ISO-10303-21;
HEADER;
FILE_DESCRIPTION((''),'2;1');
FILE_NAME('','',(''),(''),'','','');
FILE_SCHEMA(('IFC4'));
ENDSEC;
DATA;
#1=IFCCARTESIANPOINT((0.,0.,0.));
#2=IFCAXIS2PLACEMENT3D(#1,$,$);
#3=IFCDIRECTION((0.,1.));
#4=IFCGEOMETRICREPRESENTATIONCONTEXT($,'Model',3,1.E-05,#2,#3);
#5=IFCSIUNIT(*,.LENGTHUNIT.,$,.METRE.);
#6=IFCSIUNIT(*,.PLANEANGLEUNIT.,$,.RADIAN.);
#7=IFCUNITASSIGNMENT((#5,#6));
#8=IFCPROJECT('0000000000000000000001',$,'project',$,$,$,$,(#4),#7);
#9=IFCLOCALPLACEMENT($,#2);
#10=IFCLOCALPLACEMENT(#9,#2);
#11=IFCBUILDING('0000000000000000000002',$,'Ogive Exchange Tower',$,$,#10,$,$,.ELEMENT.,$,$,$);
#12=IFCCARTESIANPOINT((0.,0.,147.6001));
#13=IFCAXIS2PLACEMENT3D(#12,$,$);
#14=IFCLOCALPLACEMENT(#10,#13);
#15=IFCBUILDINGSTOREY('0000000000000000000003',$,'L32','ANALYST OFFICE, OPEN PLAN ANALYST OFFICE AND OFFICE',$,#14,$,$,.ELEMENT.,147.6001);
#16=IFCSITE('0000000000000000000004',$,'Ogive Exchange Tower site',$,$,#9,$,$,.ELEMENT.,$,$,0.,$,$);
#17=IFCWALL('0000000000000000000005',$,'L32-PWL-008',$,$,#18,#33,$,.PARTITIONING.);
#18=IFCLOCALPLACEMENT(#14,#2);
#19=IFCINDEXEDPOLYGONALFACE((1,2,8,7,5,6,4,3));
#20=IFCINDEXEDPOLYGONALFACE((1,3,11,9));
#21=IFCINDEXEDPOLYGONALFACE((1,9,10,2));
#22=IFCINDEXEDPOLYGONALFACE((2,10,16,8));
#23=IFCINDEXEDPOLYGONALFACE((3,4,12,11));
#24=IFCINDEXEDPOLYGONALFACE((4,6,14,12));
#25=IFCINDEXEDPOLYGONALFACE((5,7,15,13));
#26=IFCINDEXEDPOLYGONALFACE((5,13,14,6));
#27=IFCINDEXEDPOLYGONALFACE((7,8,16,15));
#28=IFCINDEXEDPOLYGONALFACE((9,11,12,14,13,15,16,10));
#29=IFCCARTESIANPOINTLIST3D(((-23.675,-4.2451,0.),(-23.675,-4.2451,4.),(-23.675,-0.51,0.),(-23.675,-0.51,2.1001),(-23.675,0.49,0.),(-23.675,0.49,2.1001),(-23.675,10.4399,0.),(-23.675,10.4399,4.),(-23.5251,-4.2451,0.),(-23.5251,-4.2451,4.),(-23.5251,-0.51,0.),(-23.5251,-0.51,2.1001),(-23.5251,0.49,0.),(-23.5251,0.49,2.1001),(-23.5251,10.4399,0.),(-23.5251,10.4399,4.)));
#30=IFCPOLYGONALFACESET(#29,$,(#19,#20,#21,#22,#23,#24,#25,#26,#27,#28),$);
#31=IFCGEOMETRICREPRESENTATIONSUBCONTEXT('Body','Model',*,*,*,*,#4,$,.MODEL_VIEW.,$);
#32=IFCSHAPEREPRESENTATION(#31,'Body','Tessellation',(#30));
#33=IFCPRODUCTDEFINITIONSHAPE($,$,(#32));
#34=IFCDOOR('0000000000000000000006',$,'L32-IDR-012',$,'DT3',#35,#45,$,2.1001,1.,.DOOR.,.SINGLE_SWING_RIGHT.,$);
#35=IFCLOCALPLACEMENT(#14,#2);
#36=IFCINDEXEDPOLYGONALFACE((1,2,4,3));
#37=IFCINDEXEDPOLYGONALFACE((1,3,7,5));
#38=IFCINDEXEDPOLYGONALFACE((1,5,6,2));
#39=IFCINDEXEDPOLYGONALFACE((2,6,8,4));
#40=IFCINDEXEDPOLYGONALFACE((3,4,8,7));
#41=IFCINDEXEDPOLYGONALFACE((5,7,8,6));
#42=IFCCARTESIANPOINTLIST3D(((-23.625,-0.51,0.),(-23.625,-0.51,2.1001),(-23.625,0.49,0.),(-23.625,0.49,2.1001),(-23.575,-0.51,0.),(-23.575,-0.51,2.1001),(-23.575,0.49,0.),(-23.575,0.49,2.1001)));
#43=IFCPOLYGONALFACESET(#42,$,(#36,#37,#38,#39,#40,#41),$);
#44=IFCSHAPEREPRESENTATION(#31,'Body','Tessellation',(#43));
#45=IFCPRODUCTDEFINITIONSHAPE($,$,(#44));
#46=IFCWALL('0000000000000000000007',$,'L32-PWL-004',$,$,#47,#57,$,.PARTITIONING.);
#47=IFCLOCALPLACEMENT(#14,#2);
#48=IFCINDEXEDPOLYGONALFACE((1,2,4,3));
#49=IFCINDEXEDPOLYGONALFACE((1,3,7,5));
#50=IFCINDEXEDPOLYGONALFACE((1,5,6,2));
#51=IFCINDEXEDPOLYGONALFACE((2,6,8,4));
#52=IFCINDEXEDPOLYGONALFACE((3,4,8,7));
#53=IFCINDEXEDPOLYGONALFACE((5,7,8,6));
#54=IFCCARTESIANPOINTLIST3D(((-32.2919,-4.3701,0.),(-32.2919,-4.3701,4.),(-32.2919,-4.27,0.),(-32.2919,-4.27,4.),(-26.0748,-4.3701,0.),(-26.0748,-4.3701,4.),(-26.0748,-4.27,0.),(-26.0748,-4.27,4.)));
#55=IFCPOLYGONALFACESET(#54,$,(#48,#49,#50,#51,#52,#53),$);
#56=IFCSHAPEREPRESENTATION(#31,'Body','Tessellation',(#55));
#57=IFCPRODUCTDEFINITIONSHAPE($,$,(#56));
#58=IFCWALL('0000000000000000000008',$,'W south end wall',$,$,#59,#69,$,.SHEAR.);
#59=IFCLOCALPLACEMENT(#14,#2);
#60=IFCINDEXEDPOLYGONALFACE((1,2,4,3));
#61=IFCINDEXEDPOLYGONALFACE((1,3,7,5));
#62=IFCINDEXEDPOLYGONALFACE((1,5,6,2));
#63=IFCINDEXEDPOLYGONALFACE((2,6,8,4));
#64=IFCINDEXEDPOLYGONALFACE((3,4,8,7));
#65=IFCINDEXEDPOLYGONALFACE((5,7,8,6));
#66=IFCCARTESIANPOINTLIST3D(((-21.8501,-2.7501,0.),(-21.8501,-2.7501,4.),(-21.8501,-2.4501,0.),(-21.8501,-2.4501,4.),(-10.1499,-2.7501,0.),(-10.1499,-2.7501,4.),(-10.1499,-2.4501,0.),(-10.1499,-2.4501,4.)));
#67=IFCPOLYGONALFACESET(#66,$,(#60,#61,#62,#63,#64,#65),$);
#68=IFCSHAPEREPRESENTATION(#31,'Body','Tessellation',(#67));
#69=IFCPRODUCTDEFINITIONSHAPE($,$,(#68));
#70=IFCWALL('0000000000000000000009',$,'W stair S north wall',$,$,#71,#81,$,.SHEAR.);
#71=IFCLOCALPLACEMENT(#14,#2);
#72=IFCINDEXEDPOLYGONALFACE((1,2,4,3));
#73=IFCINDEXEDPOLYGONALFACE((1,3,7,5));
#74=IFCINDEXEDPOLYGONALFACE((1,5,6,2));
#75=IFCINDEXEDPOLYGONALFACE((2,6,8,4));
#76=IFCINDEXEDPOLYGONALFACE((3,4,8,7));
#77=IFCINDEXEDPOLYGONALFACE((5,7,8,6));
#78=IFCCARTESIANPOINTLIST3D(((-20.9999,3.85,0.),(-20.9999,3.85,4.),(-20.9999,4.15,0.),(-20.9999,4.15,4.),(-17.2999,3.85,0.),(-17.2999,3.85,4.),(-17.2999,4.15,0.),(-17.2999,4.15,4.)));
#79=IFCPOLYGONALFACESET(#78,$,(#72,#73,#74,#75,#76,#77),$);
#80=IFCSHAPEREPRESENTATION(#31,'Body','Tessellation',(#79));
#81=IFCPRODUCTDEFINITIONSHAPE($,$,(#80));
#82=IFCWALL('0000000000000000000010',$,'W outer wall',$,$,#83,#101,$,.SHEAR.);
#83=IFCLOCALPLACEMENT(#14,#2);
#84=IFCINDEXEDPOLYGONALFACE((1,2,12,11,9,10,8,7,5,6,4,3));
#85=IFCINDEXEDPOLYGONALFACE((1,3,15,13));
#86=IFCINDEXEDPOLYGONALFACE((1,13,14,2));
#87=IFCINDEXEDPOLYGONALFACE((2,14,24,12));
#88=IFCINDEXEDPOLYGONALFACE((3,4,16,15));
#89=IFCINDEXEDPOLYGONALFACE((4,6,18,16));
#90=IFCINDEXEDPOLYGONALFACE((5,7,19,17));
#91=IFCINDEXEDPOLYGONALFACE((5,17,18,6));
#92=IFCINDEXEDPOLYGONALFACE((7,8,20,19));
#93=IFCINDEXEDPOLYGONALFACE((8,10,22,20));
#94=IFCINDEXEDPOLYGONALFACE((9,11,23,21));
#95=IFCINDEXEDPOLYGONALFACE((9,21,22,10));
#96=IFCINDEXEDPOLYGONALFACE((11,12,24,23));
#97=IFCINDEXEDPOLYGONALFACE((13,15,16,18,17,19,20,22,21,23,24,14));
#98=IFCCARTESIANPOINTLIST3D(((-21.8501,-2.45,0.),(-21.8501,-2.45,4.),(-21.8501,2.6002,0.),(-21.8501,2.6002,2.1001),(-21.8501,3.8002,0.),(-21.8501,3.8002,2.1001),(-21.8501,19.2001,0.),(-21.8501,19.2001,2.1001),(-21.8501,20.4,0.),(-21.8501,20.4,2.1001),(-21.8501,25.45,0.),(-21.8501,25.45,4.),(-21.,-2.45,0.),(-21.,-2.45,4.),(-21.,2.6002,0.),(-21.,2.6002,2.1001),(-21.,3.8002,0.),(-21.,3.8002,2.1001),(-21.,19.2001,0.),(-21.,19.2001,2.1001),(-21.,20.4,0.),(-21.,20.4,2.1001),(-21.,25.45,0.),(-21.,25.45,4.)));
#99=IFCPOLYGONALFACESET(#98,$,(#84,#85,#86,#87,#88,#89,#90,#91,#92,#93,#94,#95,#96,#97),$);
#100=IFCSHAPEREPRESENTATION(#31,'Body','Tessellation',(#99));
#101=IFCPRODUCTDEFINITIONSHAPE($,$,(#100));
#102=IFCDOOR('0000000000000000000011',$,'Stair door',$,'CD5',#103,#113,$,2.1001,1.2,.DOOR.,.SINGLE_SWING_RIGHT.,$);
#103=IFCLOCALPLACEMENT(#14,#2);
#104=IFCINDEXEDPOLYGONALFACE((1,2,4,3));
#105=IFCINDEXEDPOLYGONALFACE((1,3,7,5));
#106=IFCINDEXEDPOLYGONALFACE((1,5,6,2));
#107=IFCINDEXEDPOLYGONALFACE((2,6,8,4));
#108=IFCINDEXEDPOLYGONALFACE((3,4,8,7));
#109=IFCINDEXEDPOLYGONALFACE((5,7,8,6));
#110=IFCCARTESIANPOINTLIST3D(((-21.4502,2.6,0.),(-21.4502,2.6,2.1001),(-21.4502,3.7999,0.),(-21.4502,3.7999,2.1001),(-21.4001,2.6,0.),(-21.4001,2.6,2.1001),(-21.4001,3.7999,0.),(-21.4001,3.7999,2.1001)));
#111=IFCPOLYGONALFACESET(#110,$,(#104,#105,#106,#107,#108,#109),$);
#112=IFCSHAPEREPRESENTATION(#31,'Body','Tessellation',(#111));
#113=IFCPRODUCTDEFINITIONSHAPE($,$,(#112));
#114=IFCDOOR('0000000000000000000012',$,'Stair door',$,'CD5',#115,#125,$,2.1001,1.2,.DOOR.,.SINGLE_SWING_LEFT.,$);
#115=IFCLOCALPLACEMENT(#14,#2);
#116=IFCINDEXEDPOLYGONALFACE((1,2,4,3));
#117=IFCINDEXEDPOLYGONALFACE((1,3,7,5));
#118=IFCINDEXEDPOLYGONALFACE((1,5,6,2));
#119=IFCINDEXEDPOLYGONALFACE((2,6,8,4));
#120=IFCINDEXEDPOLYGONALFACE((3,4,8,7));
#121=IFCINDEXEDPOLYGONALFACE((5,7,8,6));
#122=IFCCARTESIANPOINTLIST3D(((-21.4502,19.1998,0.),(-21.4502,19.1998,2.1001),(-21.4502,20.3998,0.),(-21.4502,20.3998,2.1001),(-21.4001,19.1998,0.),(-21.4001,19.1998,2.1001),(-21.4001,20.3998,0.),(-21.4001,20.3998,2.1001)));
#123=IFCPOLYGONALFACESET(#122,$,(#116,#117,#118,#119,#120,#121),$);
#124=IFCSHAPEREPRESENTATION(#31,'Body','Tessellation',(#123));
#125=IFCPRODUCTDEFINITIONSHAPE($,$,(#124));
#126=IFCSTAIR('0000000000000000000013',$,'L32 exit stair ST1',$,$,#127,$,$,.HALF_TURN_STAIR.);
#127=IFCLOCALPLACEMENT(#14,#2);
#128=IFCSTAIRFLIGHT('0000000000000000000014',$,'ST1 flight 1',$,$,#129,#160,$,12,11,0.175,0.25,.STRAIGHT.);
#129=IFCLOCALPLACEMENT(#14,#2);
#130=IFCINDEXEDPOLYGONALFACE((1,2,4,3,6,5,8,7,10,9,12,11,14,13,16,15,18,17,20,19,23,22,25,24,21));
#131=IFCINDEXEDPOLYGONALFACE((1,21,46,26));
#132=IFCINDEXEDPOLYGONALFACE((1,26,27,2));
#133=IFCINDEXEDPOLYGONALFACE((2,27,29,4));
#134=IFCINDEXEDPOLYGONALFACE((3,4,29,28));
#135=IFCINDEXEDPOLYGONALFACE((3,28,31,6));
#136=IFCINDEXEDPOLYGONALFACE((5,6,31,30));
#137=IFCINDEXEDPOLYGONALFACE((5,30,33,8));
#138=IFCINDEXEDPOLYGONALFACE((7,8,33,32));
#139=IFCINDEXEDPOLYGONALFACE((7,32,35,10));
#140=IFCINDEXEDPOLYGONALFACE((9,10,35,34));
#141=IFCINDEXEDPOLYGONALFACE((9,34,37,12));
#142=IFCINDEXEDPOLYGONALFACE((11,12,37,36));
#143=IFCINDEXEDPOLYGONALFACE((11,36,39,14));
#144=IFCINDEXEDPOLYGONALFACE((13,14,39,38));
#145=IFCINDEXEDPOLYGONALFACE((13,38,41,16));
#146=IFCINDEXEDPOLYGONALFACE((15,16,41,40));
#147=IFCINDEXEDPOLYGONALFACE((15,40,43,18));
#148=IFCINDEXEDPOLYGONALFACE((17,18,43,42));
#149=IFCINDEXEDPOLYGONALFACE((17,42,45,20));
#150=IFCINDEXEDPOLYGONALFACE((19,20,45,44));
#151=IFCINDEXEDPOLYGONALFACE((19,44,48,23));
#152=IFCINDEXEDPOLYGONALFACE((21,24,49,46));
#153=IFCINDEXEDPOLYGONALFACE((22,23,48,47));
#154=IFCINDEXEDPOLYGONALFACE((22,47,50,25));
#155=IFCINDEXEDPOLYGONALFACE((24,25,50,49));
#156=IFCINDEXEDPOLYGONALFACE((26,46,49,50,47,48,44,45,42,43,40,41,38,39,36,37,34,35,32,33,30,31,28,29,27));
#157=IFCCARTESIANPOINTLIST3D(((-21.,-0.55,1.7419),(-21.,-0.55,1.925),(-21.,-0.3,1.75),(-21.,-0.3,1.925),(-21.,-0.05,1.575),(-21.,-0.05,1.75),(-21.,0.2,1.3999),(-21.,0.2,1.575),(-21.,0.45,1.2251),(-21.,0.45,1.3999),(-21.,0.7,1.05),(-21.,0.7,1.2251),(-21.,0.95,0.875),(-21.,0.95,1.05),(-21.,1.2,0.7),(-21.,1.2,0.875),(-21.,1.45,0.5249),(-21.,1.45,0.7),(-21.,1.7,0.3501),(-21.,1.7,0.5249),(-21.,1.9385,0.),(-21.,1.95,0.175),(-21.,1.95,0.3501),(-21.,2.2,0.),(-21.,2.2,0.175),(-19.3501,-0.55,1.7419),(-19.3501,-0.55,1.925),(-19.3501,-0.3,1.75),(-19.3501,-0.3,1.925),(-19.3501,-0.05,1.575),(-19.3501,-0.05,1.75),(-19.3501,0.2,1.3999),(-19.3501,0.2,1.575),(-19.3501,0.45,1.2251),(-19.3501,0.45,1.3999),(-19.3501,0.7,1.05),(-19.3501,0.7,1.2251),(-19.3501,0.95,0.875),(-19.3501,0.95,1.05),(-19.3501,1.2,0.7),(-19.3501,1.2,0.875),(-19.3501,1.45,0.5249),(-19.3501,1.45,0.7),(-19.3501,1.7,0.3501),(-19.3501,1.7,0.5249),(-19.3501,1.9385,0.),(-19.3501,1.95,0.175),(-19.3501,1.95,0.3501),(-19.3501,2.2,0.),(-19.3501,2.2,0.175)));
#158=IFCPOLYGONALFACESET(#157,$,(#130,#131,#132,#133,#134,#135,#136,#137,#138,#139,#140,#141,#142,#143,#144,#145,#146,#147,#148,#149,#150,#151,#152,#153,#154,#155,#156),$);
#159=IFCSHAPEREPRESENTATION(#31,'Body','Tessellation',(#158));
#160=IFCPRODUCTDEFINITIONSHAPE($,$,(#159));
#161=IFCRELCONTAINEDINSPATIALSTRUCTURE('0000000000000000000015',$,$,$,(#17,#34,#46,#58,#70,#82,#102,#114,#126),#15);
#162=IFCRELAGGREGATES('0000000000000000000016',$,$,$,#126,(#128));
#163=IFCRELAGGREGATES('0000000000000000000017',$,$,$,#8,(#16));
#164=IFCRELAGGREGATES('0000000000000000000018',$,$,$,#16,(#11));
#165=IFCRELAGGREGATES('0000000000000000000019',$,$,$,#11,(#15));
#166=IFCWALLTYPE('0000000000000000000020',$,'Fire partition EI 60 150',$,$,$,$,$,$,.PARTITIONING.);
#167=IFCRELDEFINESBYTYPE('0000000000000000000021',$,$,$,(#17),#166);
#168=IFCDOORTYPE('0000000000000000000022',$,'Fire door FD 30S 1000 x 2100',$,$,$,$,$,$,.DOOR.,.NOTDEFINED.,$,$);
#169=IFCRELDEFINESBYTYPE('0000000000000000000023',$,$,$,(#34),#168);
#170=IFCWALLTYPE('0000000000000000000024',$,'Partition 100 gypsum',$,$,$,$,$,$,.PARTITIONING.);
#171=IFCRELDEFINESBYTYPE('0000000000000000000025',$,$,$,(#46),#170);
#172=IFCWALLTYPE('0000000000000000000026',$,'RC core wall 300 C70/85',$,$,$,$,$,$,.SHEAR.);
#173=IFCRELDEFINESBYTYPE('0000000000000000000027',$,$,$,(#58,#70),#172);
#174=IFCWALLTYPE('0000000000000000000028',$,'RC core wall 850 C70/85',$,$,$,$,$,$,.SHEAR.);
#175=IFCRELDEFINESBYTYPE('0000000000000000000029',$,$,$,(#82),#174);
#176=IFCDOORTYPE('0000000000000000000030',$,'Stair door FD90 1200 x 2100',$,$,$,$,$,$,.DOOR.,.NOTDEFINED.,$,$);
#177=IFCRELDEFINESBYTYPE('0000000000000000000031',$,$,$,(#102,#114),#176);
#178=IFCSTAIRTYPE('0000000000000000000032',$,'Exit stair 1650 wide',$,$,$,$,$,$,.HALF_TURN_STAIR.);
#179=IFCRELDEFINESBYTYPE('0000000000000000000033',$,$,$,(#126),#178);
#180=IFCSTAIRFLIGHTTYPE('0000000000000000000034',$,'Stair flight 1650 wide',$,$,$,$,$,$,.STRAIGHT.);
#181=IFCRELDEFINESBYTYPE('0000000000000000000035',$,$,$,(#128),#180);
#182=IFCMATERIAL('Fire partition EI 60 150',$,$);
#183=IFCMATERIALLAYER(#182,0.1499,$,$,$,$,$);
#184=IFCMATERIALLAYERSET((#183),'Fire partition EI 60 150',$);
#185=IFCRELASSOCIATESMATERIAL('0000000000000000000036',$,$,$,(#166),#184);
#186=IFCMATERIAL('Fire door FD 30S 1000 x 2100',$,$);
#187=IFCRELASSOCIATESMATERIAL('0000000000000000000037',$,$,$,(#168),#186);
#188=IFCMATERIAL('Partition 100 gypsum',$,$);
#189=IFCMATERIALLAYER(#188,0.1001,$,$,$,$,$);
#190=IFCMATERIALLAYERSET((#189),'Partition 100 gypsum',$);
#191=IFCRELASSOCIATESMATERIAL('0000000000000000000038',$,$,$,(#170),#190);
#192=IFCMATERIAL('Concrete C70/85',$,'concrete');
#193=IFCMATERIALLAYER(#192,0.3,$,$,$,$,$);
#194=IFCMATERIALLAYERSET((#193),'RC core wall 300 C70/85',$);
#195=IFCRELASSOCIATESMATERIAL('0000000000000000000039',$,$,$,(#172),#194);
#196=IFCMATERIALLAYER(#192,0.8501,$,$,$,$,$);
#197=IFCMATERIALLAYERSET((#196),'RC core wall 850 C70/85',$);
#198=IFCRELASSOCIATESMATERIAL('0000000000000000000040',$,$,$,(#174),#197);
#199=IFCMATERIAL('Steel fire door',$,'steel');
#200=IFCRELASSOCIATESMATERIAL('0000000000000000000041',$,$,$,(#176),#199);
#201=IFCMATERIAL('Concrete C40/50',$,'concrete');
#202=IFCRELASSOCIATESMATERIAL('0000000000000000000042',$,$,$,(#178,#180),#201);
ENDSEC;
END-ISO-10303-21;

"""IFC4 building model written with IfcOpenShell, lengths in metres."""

from ifc_helpers import new_model, si_unit, direction, frame, frame_2d, origin, place, context, subcontext, project, spatial, polyline, rectangle, outline, extrude, material, layer, layer_set, type_object, element, fill, aggregate, save


model = new_model("IFC4")

# Units and contexts
model_context = context("Model", 3, precision=1e-05, world=origin(), true_north=direction((0.0, 1.0)))
body_context = subcontext(model_context, "Body", "Model", "MODEL_VIEW")
ifc_project = project(units=[si_unit("LENGTHUNIT", "METRE"), si_unit("PLANEANGLEUNIT", "RADIAN")], contexts=[model_context])

# Site, building, storey
site_placement = place(None, origin())
site = spatial("IfcSite", under=ifc_project, at=site_placement, Name="Ogive Exchange Tower site", CompositionType="ELEMENT", RefElevation=0.0)
building_placement = place(site_placement, origin())
building = spatial("IfcBuilding", under=site, at=building_placement, Name="Ogive Exchange Tower", CompositionType="ELEMENT")
storey_placement = place(building_placement, frame((0.0, 0.0, 147.6001)))
storey = spatial("IfcBuildingStorey", under=building, at=storey_placement, Name="L32", Description="ANALYST OFFICE, OPEN PLAN ANALYST OFFICE AND OFFICE", CompositionType="ELEMENT", Elevation=147.6001)

# Shared definitions
ifc_material_1 = material(Name="Fire partition EI 60 150")
ifc_layer_1 = layer(ifc_material_1, 0.1499)
ifc_layer_set_1 = layer_set([ifc_layer_1], Name="Fire partition EI 60 150")
wall_type_1 = type_object("IfcWallType", Name="Fire partition EI 60 150", PredefinedType="PARTITIONING", material=ifc_layer_set_1)
ifc_material_2 = material(Name="Fire door FD 30S 1000 x 2100")
door_type_1 = type_object("IfcDoorType", Name="Fire door FD 30S 1000 x 2100", OperationType="NOTDEFINED", PredefinedType="DOOR", material=ifc_material_2)

# Wall, opening, door
wall_1_placement = place(storey_placement, frame((-23.6001, -4.2451, 0.0), z_axis=(0.0, 0.0, 1.0), x_axis=(0.0, 1.0, 0.0)))
wall_1 = element("IfcWall", 1, at=wall_1_placement, inside=storey, type_object=wall_type_1, Name="L32-PWL-008", PredefinedType="PARTITIONING", context=body_context, shape_type="SweptSolid", body=[
    extrude(rectangle(XDim=14.6851, YDim=0.1499, at=frame_2d((7.3425, 0.0))), origin(), (0.0, 0.0, 1.0), 4.0),
])
opening_1_placement = place(wall_1_placement, frame((3.7351, 0.0, 0.0)))
opening_1 = element("IfcOpeningElement", 2, at=opening_1_placement, cuts=wall_1, PredefinedType="OPENING", context=body_context, shape_type="SweptSolid", body=[
    extrude(rectangle(XDim=1.0, YDim=2.1001, at=frame_2d((0.5, 1.05))), frame((0.0, 0.085, 0.0), z_axis=(0.0, -1.0, 0.0), x_axis=(1.0, 0.0, 0.0)), (0.0, 0.0, 1.0), 0.1699),
])
door_1_placement = place(opening_1_placement, origin())
door_1 = element("IfcDoor", 3, at=door_1_placement, inside=storey, type_object=door_type_1, Name="L32-IDR-012", ObjectType="DT3", OperationType="SINGLE_SWING_RIGHT", OverallHeight=2.1001, OverallWidth=1.0, PredefinedType="DOOR", context=body_context, shape_type="SweptSolid", body=[
    extrude(rectangle(XDim=1.0, YDim=2.1001, at=frame_2d((0.5, 1.05))), frame((0.0, 0.0249, 0.0), z_axis=(0.0, -1.0, 0.0), x_axis=(1.0, 0.0, 0.0)), (0.0, 0.0, 1.0), 0.05),
])
fill(opening_1, door_1)

# Walls
ifc_material_3 = material(Name="Partition 100 gypsum")
ifc_layer_2 = layer(ifc_material_3, 0.1001)
ifc_layer_set_2 = layer_set([ifc_layer_2], Name="Partition 100 gypsum")
wall_type_2 = type_object("IfcWallType", Name="Partition 100 gypsum", PredefinedType="PARTITIONING", material=ifc_layer_set_2)
wall_2_placement = place(storey_placement, frame((-26.075, -4.3201, 0.0), z_axis=(0.0, 0.0, 1.0), x_axis=(-1.0, 0.0, 0.0)))
element("IfcWall", 4, at=wall_2_placement, inside=storey, type_object=wall_type_2, Name="L32-PWL-004", PredefinedType="PARTITIONING", context=body_context, shape_type="SweptSolid", body=[
    extrude(rectangle(XDim=6.217, YDim=0.1001, at=frame_2d((3.1084, 0.0))), origin(), (0.0, 0.0, 1.0), 4.0),
])
ifc_material_4 = material(Name="Concrete C70/85", Category="concrete")
ifc_layer_3 = layer(ifc_material_4, 0.3)
ifc_layer_set_3 = layer_set([ifc_layer_3], Name="RC core wall 300 C70/85")
wall_type_3 = type_object("IfcWallType", Name="RC core wall 300 C70/85", PredefinedType="SHEAR", material=ifc_layer_set_3)
wall_3_placement = place(storey_placement, frame((-21.8501, -2.6001, 0.0), z_axis=(0.0, 0.0, 1.0), x_axis=(1.0, 0.0, 0.0)))
element("IfcWall", 5, at=wall_3_placement, inside=storey, type_object=wall_type_3, Name="W south end wall", PredefinedType="SHEAR", context=body_context, shape_type="SweptSolid", body=[
    extrude(rectangle(XDim=11.7002, YDim=0.3, at=frame_2d((5.8501, 0.0))), origin(), (0.0, 0.0, 1.0), 4.0),
])
wall_4_placement = place(storey_placement, frame((-21.0, 4.0, 0.0), z_axis=(0.0, 0.0, 1.0), x_axis=(1.0, 0.0, 0.0)))
element("IfcWall", 6, at=wall_4_placement, inside=storey, type_object=wall_type_3, Name="W stair S north wall", PredefinedType="SHEAR", context=body_context, shape_type="SweptSolid", body=[
    extrude(rectangle(XDim=3.7, YDim=0.3, at=frame_2d((1.8501, 0.0))), origin(), (0.0, 0.0, 1.0), 4.0),
])

# Wall, openings, doors
ifc_layer_4 = layer(ifc_material_4, 0.8501)
ifc_layer_set_4 = layer_set([ifc_layer_4], Name="RC core wall 850 C70/85")
wall_type_4 = type_object("IfcWallType", Name="RC core wall 850 C70/85", PredefinedType="SHEAR", material=ifc_layer_set_4)
wall_5_placement = place(storey_placement, frame((-21.425, -2.45, 0.0), z_axis=(0.0, 0.0, 1.0), x_axis=(0.0, 1.0, 0.0)))
wall_5 = element("IfcWall", 7, at=wall_5_placement, inside=storey, type_object=wall_type_4, Name="W outer wall", PredefinedType="SHEAR", context=body_context, shape_type="SweptSolid", body=[
    extrude(rectangle(XDim=27.8999, YDim=0.8501, at=frame_2d((13.95, 0.0))), origin(), (0.0, 0.0, 1.0), 4.0),
])
opening_2_placement = place(wall_5_placement, frame((5.05, 0.0, 0.0)))
opening_2 = element("IfcOpeningElement", 8, at=opening_2_placement, cuts=wall_5, PredefinedType="OPENING", context=body_context, shape_type="SweptSolid", body=[
    extrude(rectangle(XDim=1.2, YDim=2.1001, at=frame_2d((0.6001, 1.05))), frame((0.0, 0.4351, 0.0), z_axis=(0.0, -1.0, 0.0), x_axis=(1.0, 0.0, 0.0)), (0.0, 0.0, 1.0), 0.8701),
])
opening_3_placement = place(wall_5_placement, frame((21.6499, 0.0, 0.0)))
opening_3 = element("IfcOpeningElement", 9, at=opening_3_placement, cuts=wall_5, PredefinedType="OPENING", context=body_context, shape_type="SweptSolid", body=[
    extrude(rectangle(XDim=1.2, YDim=2.1001, at=frame_2d((0.6001, 1.05))), frame((0.0, 0.4351, 0.0), z_axis=(0.0, -1.0, 0.0), x_axis=(1.0, 0.0, 0.0)), (0.0, 0.0, 1.0), 0.8701),
])
ifc_material_5 = material(Name="Steel fire door", Category="steel")
door_type_2 = type_object("IfcDoorType", Name="Stair door FD90 1200 x 2100", OperationType="NOTDEFINED", PredefinedType="DOOR", material=ifc_material_5)
door_2_placement = place(opening_2_placement, frame((1.2, 0.0, 0.0), z_axis=(0.0, 0.0, 1.0), x_axis=(-1.0, 0.0, 0.0)))
door_2 = element("IfcDoor", 10, at=door_2_placement, inside=storey, type_object=door_type_2, Name="Stair door", ObjectType="CD5", OperationType="SINGLE_SWING_RIGHT", OverallHeight=2.1001, OverallWidth=1.2, PredefinedType="DOOR", context=body_context, shape_type="SweptSolid", body=[
    extrude(rectangle(XDim=1.2, YDim=2.1001, at=frame_2d((0.6001, 1.05))), frame((0.0, 0.0249, 0.0), z_axis=(0.0, -1.0, 0.0), x_axis=(1.0, 0.0, 0.0)), (0.0, 0.0, 1.0), 0.05),
])
fill(opening_2, door_2)
door_3_placement = place(opening_3_placement, frame((1.2, 0.0, 0.0), z_axis=(0.0, 0.0, 1.0), x_axis=(-1.0, 0.0, 0.0)))
door_3 = element("IfcDoor", 11, at=door_3_placement, inside=storey, type_object=door_type_2, Name="Stair door", ObjectType="CD5", OperationType="SINGLE_SWING_LEFT", OverallHeight=2.1001, OverallWidth=1.2, PredefinedType="DOOR", context=body_context, shape_type="SweptSolid", body=[
    extrude(rectangle(XDim=1.2, YDim=2.1001, at=frame_2d((0.6001, 1.05))), frame((0.0, 0.0249, 0.0), z_axis=(0.0, -1.0, 0.0), x_axis=(1.0, 0.0, 0.0)), (0.0, 0.0, 1.0), 0.05),
])
fill(opening_3, door_3)

# Stair, stair flight
ifc_material_6 = material(Name="Concrete C40/50", Category="concrete")
stair_type = type_object("IfcStairType", Name="Exit stair 1650 wide", PredefinedType="HALF_TURN_STAIR", material=ifc_material_6)
stair_placement = place(storey_placement, origin())
stair = element("IfcStair", 12, at=stair_placement, inside=storey, type_object=stair_type, Name="L32 exit stair ST1", PredefinedType="HALF_TURN_STAIR")
stair_flight_type = type_object("IfcStairFlightType", Name="Stair flight 1650 wide", PredefinedType="STRAIGHT", material=ifc_material_6)
stair_flight_placement = place(storey_placement, frame((-20.175, 2.2, 0.0), z_axis=(0.0, 0.0, 1.0), x_axis=(0.0, -1.0, 0.0)))
stair_flight = element("IfcStairFlight", 13, at=stair_flight_placement, type_object=stair_flight_type, Name="ST1 flight 1", NumberOfRisers=12, NumberOfTreads=11, PredefinedType="STRAIGHT", RiserHeight=0.175, TreadLength=0.25, context=body_context, shape_type="SweptSolid", body=[
    extrude(outline(polyline([(0.0, 0.0), (0.0, 0.175), (0.25, 0.175), (0.25, 0.3501), (0.5, 0.3501), (0.5, 0.5249), (0.75, 0.5249), (0.75, 0.7), (1.0, 0.7), (1.0, 0.875), (1.25, 0.875), (1.25, 1.05), (1.5, 1.05), (1.5, 1.2251), (1.75, 1.2251), (1.75, 1.3999), (2.0, 1.3999), (2.0, 1.575), (2.25, 1.575), (2.25, 1.75), (2.5, 1.75), (2.5, 1.925), (2.75, 1.925), (2.75, 2.1001), (2.75, 1.7419), (0.2615, 0.0), (0.0, 0.0)])), frame((0.0, 0.825, 0.0), z_axis=(0.0, -1.0, 0.0), x_axis=(1.0, 0.0, 0.0)), (0.0, 0.0, 1.0), 1.6499),
])
aggregate(stair, [stair_flight])

save(model, "model.ifc")
